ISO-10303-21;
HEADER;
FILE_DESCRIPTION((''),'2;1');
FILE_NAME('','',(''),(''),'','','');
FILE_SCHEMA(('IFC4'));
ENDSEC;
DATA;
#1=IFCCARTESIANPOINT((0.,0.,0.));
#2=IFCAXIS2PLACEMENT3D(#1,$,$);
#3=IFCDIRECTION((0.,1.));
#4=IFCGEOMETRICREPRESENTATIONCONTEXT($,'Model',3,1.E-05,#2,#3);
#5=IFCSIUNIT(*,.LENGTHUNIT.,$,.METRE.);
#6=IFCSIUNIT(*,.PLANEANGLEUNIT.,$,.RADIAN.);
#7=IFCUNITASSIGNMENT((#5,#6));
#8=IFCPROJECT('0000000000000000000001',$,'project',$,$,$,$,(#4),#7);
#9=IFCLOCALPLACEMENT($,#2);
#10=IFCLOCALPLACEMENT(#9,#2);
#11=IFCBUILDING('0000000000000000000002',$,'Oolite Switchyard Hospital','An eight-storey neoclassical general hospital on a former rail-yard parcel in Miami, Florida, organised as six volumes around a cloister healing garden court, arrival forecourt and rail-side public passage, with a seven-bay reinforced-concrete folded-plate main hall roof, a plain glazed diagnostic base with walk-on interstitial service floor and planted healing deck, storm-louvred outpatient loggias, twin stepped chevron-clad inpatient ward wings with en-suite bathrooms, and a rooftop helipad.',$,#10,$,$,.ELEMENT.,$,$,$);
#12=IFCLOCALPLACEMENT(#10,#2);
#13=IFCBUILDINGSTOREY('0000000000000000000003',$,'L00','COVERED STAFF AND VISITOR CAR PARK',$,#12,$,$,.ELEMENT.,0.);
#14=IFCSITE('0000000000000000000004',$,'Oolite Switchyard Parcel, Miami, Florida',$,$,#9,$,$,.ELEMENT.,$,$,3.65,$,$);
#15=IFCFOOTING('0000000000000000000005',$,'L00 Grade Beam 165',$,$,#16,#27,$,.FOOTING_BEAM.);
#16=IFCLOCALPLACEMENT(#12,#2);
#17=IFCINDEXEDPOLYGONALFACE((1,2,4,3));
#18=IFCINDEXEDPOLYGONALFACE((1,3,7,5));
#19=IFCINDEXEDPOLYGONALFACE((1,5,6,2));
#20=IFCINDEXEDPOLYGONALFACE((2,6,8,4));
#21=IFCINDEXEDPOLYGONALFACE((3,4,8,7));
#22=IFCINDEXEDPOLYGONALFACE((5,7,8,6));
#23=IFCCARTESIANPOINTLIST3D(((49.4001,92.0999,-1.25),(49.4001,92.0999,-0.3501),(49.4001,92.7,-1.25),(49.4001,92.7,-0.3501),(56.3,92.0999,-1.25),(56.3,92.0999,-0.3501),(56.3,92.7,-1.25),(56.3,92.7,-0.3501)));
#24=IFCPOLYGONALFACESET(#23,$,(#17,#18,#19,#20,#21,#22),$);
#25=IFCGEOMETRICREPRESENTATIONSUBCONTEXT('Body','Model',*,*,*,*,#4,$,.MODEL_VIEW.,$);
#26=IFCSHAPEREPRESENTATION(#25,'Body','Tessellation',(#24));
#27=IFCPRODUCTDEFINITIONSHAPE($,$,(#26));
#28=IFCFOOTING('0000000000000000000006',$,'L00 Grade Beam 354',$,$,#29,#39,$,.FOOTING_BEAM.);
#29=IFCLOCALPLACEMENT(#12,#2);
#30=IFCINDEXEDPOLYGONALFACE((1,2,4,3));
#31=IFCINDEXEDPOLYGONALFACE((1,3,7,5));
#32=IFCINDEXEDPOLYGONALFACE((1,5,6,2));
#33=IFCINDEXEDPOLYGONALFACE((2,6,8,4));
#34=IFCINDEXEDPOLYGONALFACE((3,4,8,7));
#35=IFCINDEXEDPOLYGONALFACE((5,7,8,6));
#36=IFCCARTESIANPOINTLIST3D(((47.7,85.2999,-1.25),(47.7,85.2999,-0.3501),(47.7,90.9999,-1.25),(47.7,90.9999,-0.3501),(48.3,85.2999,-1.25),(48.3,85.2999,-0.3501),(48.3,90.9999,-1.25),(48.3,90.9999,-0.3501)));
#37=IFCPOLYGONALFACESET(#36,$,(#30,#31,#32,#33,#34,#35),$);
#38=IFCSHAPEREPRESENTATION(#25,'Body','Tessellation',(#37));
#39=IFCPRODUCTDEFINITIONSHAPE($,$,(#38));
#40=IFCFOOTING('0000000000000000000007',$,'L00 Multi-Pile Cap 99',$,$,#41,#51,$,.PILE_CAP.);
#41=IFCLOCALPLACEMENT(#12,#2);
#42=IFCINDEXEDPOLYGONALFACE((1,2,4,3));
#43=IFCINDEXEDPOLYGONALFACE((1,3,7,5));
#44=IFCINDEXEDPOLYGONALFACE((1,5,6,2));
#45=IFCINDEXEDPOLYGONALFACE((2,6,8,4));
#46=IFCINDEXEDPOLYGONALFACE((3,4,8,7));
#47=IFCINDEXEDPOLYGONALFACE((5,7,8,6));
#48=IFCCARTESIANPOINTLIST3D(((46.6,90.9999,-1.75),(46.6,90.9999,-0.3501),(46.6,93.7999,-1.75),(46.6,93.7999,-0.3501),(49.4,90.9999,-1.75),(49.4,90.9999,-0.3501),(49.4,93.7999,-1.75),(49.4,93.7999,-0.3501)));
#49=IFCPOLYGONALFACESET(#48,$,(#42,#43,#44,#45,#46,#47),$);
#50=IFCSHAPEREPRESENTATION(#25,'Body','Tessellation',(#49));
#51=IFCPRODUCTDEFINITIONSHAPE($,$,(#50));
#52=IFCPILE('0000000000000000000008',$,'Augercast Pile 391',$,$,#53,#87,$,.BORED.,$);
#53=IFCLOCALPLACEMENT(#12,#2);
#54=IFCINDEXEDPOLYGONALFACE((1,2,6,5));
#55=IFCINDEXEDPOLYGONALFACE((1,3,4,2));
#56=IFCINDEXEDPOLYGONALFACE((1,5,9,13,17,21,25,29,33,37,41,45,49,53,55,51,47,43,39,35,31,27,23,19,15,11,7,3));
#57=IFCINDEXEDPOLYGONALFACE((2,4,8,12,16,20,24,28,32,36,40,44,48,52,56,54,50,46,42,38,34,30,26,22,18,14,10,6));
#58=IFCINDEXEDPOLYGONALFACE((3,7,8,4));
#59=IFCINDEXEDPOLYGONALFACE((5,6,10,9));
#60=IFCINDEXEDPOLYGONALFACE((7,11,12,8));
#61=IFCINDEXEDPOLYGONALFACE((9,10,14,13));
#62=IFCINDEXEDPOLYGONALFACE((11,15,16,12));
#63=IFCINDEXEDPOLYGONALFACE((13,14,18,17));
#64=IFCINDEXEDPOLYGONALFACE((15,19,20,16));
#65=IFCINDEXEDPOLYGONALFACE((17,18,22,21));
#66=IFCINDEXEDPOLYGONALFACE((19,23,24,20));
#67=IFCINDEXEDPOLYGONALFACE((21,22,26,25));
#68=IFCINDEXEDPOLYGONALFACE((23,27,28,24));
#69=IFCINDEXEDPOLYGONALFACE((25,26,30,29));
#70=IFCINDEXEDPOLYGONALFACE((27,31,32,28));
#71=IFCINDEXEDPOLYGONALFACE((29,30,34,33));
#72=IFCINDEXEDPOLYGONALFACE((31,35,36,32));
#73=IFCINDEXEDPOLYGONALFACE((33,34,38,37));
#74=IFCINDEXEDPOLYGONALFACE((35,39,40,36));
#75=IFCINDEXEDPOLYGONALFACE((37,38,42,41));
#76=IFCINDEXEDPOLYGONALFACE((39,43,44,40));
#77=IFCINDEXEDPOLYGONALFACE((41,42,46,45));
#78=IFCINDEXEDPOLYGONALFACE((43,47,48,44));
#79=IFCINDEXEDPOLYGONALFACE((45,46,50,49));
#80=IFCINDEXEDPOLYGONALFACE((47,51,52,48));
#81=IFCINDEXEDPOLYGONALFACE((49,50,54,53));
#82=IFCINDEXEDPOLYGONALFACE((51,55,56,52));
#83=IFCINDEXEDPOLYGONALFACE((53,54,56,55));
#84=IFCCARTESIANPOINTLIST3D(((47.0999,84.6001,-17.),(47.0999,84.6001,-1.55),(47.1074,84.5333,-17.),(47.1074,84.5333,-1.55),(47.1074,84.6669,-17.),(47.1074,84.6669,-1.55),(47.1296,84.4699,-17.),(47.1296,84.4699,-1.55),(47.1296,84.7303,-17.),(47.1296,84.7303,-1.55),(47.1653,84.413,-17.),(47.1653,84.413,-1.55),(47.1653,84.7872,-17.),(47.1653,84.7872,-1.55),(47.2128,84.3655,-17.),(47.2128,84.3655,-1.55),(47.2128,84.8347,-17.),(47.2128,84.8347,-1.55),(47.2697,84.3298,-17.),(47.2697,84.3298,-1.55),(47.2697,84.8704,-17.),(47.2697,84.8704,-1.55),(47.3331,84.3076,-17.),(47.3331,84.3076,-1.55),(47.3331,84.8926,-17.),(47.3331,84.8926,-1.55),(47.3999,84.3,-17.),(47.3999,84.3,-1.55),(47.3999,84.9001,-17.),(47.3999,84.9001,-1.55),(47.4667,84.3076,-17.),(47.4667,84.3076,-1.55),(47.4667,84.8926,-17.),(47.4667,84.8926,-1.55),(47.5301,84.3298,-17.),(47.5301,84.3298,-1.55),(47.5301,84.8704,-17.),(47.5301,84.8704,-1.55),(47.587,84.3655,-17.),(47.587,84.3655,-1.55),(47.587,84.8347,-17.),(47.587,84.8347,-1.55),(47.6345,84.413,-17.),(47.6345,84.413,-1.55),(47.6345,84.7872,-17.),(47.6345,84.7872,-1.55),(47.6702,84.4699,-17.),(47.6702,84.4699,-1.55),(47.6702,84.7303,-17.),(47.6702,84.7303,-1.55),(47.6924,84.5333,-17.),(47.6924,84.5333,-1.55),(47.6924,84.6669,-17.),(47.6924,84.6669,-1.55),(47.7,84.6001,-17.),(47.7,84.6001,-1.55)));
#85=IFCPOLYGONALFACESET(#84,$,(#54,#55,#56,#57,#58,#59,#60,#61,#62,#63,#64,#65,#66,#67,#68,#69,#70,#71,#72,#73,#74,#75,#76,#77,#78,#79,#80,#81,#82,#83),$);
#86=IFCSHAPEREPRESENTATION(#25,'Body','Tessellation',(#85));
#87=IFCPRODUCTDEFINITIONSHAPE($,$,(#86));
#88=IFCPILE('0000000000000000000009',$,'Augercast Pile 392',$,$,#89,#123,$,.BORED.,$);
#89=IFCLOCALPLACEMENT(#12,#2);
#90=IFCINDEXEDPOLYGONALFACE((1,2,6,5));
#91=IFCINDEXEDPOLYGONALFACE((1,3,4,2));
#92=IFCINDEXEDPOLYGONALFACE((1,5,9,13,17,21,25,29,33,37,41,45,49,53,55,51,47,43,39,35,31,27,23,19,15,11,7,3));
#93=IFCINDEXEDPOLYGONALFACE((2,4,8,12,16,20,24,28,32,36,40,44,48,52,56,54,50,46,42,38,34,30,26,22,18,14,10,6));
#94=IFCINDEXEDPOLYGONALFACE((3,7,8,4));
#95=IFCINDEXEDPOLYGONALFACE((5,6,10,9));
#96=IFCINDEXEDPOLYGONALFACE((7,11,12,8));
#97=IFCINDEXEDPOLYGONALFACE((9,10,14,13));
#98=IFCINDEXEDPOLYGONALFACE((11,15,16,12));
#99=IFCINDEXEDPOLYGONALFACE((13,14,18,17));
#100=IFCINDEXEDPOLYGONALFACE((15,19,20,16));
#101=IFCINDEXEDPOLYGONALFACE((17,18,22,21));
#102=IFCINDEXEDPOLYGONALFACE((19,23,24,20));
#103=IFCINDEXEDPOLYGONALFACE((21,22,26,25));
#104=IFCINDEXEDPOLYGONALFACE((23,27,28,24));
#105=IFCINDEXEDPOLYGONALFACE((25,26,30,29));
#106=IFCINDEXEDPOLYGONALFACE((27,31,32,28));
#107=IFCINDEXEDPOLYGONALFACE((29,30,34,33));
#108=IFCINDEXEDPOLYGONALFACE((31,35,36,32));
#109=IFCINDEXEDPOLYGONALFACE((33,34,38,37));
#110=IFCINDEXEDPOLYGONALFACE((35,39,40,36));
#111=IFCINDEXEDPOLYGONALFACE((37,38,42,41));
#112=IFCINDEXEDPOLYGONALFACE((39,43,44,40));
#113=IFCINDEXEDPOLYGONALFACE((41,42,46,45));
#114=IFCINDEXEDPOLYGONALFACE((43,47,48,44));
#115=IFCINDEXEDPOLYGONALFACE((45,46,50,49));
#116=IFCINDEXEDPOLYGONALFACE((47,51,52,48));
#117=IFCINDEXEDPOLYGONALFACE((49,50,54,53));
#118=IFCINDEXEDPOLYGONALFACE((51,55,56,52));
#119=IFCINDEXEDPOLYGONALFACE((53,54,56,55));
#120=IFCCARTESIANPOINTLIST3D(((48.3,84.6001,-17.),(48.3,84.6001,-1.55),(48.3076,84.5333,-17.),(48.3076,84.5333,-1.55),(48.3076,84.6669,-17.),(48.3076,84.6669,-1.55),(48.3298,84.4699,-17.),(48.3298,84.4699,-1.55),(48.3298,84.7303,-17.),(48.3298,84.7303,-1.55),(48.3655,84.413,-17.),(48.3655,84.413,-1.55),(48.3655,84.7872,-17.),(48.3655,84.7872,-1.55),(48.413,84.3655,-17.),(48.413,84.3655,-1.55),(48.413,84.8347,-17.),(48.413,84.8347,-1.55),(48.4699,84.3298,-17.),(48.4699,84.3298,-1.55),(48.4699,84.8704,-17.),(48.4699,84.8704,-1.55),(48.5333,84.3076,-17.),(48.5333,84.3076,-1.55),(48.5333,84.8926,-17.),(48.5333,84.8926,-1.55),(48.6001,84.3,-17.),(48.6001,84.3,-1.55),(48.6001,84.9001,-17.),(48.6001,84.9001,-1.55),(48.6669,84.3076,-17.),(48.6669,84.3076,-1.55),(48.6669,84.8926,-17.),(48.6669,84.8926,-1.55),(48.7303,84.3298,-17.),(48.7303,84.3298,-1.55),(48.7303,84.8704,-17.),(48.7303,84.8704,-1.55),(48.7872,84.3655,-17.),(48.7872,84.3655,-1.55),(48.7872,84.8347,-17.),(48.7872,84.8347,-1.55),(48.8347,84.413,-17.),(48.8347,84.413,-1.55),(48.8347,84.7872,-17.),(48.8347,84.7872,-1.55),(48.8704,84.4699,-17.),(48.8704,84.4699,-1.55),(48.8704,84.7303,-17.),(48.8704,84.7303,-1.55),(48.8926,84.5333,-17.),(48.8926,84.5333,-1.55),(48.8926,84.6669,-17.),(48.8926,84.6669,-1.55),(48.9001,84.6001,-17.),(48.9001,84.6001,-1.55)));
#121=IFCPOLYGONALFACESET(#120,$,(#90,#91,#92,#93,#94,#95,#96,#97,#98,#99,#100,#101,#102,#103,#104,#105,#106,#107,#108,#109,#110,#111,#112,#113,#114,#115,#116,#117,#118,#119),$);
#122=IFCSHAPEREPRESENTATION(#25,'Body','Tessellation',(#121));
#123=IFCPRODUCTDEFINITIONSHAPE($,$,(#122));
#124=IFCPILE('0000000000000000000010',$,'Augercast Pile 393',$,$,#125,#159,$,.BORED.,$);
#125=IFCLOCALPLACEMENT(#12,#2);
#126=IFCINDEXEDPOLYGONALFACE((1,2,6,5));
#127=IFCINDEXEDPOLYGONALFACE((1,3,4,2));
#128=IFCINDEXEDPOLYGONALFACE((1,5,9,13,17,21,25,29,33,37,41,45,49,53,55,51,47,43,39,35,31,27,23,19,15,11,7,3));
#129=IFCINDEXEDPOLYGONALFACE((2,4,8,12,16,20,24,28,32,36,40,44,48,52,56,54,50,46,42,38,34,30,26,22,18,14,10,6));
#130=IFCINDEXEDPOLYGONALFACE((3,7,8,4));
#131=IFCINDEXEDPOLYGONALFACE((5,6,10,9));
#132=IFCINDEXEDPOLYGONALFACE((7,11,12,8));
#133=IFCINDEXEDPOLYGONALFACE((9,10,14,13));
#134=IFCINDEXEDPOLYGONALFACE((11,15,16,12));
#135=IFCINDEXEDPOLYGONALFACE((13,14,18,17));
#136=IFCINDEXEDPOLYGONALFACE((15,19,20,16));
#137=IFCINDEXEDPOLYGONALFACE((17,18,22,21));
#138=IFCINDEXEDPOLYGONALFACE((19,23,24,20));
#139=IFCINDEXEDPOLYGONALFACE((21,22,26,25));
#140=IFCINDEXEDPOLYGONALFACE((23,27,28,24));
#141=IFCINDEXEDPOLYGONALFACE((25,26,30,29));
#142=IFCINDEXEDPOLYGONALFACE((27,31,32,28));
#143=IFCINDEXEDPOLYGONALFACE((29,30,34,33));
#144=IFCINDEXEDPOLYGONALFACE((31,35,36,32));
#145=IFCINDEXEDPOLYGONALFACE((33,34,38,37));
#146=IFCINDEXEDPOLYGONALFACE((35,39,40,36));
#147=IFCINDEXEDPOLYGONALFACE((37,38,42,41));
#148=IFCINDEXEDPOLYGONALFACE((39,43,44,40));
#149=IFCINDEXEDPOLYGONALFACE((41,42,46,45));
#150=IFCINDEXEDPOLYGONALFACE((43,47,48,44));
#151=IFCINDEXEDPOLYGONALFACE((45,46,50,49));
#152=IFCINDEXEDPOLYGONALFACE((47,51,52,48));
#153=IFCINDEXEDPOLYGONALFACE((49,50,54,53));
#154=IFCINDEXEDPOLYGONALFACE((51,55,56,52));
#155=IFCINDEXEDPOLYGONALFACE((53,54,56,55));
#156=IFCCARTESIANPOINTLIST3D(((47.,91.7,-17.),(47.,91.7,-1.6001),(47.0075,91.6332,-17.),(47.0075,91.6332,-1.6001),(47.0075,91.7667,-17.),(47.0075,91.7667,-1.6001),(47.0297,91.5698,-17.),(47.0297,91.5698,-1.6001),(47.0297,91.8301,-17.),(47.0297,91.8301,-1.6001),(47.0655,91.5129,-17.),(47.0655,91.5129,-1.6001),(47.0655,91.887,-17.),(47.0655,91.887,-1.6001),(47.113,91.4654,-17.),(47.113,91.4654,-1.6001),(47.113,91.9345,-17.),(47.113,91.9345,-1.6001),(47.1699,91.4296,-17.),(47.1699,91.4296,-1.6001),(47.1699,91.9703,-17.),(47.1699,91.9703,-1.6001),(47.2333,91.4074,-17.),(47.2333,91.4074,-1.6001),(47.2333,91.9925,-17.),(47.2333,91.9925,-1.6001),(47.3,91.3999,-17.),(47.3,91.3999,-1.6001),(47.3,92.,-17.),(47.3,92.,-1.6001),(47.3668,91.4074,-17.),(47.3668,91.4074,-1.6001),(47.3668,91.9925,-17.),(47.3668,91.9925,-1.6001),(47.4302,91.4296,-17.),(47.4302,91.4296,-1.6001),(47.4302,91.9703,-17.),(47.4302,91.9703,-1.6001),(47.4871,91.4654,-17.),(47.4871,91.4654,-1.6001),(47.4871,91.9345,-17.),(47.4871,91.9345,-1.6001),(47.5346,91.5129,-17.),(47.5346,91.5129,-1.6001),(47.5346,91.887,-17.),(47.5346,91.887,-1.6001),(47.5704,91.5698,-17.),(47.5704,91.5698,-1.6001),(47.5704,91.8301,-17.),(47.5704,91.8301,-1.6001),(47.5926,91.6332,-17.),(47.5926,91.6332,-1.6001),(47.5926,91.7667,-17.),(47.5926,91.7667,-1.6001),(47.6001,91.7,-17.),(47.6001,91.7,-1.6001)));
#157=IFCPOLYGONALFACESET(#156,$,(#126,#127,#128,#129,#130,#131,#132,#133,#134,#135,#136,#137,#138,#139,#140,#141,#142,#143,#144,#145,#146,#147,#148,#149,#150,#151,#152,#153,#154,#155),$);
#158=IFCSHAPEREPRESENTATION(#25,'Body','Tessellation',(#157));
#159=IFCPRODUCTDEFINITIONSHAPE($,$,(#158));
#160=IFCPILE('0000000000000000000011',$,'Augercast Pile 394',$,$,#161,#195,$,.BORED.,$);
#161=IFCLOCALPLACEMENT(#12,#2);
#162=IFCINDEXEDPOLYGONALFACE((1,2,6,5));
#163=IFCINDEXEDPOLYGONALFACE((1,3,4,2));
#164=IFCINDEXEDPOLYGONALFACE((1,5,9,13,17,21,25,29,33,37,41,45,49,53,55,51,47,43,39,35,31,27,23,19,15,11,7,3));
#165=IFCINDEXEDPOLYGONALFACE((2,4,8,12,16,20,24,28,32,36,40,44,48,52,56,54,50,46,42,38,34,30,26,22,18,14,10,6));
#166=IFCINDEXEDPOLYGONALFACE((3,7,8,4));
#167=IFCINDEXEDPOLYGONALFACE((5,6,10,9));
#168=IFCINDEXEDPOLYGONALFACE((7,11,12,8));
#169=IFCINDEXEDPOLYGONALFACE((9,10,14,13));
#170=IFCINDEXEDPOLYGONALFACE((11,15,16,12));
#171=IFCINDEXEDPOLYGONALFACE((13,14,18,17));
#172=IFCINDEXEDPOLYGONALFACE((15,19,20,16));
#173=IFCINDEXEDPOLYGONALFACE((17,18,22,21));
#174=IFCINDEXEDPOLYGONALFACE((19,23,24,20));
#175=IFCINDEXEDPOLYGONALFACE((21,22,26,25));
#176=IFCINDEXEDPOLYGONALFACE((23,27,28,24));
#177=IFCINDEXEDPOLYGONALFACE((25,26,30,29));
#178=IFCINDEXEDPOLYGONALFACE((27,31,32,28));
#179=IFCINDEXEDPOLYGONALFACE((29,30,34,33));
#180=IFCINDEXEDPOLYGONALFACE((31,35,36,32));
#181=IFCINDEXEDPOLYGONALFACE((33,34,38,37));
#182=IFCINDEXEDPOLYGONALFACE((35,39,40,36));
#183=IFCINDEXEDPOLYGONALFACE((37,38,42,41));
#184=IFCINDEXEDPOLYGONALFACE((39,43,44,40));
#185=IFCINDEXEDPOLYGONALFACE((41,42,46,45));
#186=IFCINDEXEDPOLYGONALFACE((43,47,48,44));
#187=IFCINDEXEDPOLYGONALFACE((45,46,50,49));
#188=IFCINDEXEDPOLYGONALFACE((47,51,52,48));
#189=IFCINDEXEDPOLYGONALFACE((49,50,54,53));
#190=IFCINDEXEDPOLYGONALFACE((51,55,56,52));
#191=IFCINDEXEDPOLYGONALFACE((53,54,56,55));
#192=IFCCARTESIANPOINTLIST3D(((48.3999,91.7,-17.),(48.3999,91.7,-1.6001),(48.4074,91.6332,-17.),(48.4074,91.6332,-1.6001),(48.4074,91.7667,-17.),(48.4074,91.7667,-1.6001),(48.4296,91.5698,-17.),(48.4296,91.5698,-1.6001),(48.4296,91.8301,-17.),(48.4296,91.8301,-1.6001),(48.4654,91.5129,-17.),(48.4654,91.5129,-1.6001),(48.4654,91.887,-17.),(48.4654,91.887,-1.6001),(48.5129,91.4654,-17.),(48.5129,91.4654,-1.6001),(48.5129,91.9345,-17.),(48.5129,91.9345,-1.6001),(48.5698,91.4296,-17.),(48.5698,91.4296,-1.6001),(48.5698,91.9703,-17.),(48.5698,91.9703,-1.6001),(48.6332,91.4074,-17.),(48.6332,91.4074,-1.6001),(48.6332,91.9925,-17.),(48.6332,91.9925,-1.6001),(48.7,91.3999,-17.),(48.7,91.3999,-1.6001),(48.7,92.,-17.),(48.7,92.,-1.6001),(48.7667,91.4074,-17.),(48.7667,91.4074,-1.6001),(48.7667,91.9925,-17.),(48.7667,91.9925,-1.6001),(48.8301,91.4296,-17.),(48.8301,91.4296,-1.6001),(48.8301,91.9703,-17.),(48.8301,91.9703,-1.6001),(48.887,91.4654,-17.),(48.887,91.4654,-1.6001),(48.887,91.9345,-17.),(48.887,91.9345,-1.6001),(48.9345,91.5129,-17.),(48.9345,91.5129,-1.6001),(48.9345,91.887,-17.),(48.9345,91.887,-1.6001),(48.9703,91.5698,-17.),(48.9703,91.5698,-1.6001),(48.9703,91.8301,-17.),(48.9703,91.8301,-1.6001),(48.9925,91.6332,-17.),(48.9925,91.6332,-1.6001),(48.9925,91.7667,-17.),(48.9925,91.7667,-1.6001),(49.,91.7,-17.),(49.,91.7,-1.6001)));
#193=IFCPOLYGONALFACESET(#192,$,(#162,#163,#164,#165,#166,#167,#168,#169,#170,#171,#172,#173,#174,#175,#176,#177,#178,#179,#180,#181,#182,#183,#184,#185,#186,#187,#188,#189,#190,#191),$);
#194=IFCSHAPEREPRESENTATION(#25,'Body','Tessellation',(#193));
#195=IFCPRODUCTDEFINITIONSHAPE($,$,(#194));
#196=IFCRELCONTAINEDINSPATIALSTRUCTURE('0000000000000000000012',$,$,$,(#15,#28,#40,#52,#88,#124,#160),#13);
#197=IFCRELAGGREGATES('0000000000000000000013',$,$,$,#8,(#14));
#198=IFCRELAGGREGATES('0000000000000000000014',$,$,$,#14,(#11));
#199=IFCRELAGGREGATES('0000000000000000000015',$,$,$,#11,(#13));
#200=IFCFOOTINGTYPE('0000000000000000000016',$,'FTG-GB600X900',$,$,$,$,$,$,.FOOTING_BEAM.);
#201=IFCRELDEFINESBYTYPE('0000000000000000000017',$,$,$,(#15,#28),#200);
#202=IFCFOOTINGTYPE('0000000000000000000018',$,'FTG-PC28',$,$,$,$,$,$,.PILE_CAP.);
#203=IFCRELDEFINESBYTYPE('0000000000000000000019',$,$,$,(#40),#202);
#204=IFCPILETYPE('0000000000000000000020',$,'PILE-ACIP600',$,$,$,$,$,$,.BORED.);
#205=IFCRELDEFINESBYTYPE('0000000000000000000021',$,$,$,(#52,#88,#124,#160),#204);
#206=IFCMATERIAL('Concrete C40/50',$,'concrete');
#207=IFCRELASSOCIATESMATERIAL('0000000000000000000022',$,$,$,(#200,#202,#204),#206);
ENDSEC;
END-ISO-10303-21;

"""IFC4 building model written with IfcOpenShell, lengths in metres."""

from ifc_helpers import new_model, si_unit, direction, frame, origin, origin_2d, place, context, subcontext, project, spatial, rectangle, circle, extrude, material, material_profile, profile_set, type_object, element, save


model = new_model("IFC4")

# Units and contexts
model_context = context("Model", 3, precision=1e-05, world=origin(), true_north=direction((0.0, 1.0)))
body_context = subcontext(model_context, "Body", "Model", "MODEL_VIEW")
ifc_project = project(units=[si_unit("LENGTHUNIT", "METRE"), si_unit("PLANEANGLEUNIT", "RADIAN")], contexts=[model_context])

# Site, building, storey
site_placement = place(None, origin())
site = spatial("IfcSite", under=ifc_project, at=site_placement, Name="Oolite Switchyard Parcel, Miami, Florida", CompositionType="ELEMENT", RefElevation=3.65)
building_placement = place(site_placement, origin())
building = spatial("IfcBuilding", under=site, at=building_placement, Name="Oolite Switchyard Hospital", Description="An eight-storey neoclassical general hospital on a former rail-yard parcel in Miami, Florida, organised as six volumes around a cloister healing garden court, arrival forecourt and rail-side public passage, with a seven-bay reinforced-concrete folded-plate main hall roof, a plain glazed diagnostic base with walk-on interstitial service floor and planted healing deck, storm-louvred outpatient loggias, twin stepped chevron-clad inpatient ward wings with en-suite bathrooms, and a rooftop helipad.", CompositionType="ELEMENT")
storey_placement = place(building_placement, origin())
storey = spatial("IfcBuildingStorey", under=building, at=storey_placement, Name="L00", Description="COVERED STAFF AND VISITOR CAR PARK", CompositionType="ELEMENT", Elevation=0.0)

# Footings
ifc_material_1 = material(Name="Concrete C40/50", Category="concrete")
footing_type_1 = type_object("IfcFootingType", Name="FTG-GB600X900", PredefinedType="FOOTING_BEAM", material=ifc_material_1)
footing_1_placement = place(storey_placement, frame((52.8501, 92.3999, -1.25), z_axis=(0.0, 0.0, 1.0), x_axis=(1.0, 0.0, 0.0)))
element("IfcFooting", 1, at=footing_1_placement, inside=storey, type_object=footing_type_1, Name="L00 Grade Beam 165", PredefinedType="FOOTING_BEAM", context=body_context, shape_type="SweptSolid", body=[
    extrude(rectangle(XDim=6.8999, YDim=0.6001, at=origin_2d()), origin(), (0.0, 0.0, 1.0), 0.8999),
])
footing_2_placement = place(storey_placement, frame((48.0, 88.1499, -1.25), z_axis=(0.0, 0.0, 1.0), x_axis=(0.0, 1.0, 0.0)))
element("IfcFooting", 2, at=footing_2_placement, inside=storey, type_object=footing_type_1, Name="L00 Grade Beam 354", PredefinedType="FOOTING_BEAM", context=body_context, shape_type="SweptSolid", body=[
    extrude(rectangle(XDim=5.7, YDim=0.6001, at=origin_2d()), origin(), (0.0, 0.0, 1.0), 0.8999),
])
footing_type_2 = type_object("IfcFootingType", Name="FTG-PC28", PredefinedType="PILE_CAP", material=ifc_material_1)
footing_3_placement = place(storey_placement, frame((48.0, 92.3999, -1.75), z_axis=(0.0, 0.0, 1.0), x_axis=(1.0, 0.0, 0.0)))
element("IfcFooting", 3, at=footing_3_placement, inside=storey, type_object=footing_type_2, Name="L00 Multi-Pile Cap 99", PredefinedType="PILE_CAP", context=body_context, shape_type="SweptSolid", body=[
    extrude(rectangle(XDim=2.8, YDim=2.8, at=origin_2d()), origin(), (0.0, 0.0, 1.0), 1.3999),
])

# Piles
ifc_material_profile_1 = material_profile(ifc_material_1, circle(Radius=0.3, at=origin_2d()), Name="PILE600")
ifc_profile_set_1 = profile_set([ifc_material_profile_1], Name="Concrete C40/50")
pile_type = type_object("IfcPileType", Name="PILE-ACIP600", PredefinedType="BORED", material=ifc_profile_set_1)
for number, where, z_axis, x_axis, name in (
    (4, (47.3999, 84.6001, -1.55), (0.0, 0.0, -1.0), (1.0, 0.0, 0.0), "Augercast Pile 391"),
    (5, (48.6001, 84.6001, -1.55), (0.0, 0.0, -1.0), (1.0, 0.0, 0.0), "Augercast Pile 392"),
):
    element("IfcPile", number, at=place(storey_placement, frame(where, z_axis=z_axis, x_axis=x_axis)), inside=storey, type_object=pile_type, Name=name, PredefinedType="BORED", context=body_context, shape_type="SweptSolid", body=[
        extrude(circle(Radius=0.3, at=origin_2d()), origin(), (0.0, 0.0, 1.0), 15.45),
    ])
for number, where, z_axis, x_axis, name in (
    (6, (47.3, 91.7, -1.6001), (0.0, 0.0, -1.0), (1.0, 0.0, 0.0), "Augercast Pile 393"),
    (7, (48.7, 91.7, -1.6001), (0.0, 0.0, -1.0), (1.0, 0.0, 0.0), "Augercast Pile 394"),
):
    element("IfcPile", number, at=place(storey_placement, frame(where, z_axis=z_axis, x_axis=x_axis)), inside=storey, type_object=pile_type, Name=name, PredefinedType="BORED", context=body_context, shape_type="SweptSolid", body=[
        extrude(circle(Radius=0.3, at=origin_2d()), origin(), (0.0, 0.0, 1.0), 15.3999),
    ])

save(model, "model.ifc")
